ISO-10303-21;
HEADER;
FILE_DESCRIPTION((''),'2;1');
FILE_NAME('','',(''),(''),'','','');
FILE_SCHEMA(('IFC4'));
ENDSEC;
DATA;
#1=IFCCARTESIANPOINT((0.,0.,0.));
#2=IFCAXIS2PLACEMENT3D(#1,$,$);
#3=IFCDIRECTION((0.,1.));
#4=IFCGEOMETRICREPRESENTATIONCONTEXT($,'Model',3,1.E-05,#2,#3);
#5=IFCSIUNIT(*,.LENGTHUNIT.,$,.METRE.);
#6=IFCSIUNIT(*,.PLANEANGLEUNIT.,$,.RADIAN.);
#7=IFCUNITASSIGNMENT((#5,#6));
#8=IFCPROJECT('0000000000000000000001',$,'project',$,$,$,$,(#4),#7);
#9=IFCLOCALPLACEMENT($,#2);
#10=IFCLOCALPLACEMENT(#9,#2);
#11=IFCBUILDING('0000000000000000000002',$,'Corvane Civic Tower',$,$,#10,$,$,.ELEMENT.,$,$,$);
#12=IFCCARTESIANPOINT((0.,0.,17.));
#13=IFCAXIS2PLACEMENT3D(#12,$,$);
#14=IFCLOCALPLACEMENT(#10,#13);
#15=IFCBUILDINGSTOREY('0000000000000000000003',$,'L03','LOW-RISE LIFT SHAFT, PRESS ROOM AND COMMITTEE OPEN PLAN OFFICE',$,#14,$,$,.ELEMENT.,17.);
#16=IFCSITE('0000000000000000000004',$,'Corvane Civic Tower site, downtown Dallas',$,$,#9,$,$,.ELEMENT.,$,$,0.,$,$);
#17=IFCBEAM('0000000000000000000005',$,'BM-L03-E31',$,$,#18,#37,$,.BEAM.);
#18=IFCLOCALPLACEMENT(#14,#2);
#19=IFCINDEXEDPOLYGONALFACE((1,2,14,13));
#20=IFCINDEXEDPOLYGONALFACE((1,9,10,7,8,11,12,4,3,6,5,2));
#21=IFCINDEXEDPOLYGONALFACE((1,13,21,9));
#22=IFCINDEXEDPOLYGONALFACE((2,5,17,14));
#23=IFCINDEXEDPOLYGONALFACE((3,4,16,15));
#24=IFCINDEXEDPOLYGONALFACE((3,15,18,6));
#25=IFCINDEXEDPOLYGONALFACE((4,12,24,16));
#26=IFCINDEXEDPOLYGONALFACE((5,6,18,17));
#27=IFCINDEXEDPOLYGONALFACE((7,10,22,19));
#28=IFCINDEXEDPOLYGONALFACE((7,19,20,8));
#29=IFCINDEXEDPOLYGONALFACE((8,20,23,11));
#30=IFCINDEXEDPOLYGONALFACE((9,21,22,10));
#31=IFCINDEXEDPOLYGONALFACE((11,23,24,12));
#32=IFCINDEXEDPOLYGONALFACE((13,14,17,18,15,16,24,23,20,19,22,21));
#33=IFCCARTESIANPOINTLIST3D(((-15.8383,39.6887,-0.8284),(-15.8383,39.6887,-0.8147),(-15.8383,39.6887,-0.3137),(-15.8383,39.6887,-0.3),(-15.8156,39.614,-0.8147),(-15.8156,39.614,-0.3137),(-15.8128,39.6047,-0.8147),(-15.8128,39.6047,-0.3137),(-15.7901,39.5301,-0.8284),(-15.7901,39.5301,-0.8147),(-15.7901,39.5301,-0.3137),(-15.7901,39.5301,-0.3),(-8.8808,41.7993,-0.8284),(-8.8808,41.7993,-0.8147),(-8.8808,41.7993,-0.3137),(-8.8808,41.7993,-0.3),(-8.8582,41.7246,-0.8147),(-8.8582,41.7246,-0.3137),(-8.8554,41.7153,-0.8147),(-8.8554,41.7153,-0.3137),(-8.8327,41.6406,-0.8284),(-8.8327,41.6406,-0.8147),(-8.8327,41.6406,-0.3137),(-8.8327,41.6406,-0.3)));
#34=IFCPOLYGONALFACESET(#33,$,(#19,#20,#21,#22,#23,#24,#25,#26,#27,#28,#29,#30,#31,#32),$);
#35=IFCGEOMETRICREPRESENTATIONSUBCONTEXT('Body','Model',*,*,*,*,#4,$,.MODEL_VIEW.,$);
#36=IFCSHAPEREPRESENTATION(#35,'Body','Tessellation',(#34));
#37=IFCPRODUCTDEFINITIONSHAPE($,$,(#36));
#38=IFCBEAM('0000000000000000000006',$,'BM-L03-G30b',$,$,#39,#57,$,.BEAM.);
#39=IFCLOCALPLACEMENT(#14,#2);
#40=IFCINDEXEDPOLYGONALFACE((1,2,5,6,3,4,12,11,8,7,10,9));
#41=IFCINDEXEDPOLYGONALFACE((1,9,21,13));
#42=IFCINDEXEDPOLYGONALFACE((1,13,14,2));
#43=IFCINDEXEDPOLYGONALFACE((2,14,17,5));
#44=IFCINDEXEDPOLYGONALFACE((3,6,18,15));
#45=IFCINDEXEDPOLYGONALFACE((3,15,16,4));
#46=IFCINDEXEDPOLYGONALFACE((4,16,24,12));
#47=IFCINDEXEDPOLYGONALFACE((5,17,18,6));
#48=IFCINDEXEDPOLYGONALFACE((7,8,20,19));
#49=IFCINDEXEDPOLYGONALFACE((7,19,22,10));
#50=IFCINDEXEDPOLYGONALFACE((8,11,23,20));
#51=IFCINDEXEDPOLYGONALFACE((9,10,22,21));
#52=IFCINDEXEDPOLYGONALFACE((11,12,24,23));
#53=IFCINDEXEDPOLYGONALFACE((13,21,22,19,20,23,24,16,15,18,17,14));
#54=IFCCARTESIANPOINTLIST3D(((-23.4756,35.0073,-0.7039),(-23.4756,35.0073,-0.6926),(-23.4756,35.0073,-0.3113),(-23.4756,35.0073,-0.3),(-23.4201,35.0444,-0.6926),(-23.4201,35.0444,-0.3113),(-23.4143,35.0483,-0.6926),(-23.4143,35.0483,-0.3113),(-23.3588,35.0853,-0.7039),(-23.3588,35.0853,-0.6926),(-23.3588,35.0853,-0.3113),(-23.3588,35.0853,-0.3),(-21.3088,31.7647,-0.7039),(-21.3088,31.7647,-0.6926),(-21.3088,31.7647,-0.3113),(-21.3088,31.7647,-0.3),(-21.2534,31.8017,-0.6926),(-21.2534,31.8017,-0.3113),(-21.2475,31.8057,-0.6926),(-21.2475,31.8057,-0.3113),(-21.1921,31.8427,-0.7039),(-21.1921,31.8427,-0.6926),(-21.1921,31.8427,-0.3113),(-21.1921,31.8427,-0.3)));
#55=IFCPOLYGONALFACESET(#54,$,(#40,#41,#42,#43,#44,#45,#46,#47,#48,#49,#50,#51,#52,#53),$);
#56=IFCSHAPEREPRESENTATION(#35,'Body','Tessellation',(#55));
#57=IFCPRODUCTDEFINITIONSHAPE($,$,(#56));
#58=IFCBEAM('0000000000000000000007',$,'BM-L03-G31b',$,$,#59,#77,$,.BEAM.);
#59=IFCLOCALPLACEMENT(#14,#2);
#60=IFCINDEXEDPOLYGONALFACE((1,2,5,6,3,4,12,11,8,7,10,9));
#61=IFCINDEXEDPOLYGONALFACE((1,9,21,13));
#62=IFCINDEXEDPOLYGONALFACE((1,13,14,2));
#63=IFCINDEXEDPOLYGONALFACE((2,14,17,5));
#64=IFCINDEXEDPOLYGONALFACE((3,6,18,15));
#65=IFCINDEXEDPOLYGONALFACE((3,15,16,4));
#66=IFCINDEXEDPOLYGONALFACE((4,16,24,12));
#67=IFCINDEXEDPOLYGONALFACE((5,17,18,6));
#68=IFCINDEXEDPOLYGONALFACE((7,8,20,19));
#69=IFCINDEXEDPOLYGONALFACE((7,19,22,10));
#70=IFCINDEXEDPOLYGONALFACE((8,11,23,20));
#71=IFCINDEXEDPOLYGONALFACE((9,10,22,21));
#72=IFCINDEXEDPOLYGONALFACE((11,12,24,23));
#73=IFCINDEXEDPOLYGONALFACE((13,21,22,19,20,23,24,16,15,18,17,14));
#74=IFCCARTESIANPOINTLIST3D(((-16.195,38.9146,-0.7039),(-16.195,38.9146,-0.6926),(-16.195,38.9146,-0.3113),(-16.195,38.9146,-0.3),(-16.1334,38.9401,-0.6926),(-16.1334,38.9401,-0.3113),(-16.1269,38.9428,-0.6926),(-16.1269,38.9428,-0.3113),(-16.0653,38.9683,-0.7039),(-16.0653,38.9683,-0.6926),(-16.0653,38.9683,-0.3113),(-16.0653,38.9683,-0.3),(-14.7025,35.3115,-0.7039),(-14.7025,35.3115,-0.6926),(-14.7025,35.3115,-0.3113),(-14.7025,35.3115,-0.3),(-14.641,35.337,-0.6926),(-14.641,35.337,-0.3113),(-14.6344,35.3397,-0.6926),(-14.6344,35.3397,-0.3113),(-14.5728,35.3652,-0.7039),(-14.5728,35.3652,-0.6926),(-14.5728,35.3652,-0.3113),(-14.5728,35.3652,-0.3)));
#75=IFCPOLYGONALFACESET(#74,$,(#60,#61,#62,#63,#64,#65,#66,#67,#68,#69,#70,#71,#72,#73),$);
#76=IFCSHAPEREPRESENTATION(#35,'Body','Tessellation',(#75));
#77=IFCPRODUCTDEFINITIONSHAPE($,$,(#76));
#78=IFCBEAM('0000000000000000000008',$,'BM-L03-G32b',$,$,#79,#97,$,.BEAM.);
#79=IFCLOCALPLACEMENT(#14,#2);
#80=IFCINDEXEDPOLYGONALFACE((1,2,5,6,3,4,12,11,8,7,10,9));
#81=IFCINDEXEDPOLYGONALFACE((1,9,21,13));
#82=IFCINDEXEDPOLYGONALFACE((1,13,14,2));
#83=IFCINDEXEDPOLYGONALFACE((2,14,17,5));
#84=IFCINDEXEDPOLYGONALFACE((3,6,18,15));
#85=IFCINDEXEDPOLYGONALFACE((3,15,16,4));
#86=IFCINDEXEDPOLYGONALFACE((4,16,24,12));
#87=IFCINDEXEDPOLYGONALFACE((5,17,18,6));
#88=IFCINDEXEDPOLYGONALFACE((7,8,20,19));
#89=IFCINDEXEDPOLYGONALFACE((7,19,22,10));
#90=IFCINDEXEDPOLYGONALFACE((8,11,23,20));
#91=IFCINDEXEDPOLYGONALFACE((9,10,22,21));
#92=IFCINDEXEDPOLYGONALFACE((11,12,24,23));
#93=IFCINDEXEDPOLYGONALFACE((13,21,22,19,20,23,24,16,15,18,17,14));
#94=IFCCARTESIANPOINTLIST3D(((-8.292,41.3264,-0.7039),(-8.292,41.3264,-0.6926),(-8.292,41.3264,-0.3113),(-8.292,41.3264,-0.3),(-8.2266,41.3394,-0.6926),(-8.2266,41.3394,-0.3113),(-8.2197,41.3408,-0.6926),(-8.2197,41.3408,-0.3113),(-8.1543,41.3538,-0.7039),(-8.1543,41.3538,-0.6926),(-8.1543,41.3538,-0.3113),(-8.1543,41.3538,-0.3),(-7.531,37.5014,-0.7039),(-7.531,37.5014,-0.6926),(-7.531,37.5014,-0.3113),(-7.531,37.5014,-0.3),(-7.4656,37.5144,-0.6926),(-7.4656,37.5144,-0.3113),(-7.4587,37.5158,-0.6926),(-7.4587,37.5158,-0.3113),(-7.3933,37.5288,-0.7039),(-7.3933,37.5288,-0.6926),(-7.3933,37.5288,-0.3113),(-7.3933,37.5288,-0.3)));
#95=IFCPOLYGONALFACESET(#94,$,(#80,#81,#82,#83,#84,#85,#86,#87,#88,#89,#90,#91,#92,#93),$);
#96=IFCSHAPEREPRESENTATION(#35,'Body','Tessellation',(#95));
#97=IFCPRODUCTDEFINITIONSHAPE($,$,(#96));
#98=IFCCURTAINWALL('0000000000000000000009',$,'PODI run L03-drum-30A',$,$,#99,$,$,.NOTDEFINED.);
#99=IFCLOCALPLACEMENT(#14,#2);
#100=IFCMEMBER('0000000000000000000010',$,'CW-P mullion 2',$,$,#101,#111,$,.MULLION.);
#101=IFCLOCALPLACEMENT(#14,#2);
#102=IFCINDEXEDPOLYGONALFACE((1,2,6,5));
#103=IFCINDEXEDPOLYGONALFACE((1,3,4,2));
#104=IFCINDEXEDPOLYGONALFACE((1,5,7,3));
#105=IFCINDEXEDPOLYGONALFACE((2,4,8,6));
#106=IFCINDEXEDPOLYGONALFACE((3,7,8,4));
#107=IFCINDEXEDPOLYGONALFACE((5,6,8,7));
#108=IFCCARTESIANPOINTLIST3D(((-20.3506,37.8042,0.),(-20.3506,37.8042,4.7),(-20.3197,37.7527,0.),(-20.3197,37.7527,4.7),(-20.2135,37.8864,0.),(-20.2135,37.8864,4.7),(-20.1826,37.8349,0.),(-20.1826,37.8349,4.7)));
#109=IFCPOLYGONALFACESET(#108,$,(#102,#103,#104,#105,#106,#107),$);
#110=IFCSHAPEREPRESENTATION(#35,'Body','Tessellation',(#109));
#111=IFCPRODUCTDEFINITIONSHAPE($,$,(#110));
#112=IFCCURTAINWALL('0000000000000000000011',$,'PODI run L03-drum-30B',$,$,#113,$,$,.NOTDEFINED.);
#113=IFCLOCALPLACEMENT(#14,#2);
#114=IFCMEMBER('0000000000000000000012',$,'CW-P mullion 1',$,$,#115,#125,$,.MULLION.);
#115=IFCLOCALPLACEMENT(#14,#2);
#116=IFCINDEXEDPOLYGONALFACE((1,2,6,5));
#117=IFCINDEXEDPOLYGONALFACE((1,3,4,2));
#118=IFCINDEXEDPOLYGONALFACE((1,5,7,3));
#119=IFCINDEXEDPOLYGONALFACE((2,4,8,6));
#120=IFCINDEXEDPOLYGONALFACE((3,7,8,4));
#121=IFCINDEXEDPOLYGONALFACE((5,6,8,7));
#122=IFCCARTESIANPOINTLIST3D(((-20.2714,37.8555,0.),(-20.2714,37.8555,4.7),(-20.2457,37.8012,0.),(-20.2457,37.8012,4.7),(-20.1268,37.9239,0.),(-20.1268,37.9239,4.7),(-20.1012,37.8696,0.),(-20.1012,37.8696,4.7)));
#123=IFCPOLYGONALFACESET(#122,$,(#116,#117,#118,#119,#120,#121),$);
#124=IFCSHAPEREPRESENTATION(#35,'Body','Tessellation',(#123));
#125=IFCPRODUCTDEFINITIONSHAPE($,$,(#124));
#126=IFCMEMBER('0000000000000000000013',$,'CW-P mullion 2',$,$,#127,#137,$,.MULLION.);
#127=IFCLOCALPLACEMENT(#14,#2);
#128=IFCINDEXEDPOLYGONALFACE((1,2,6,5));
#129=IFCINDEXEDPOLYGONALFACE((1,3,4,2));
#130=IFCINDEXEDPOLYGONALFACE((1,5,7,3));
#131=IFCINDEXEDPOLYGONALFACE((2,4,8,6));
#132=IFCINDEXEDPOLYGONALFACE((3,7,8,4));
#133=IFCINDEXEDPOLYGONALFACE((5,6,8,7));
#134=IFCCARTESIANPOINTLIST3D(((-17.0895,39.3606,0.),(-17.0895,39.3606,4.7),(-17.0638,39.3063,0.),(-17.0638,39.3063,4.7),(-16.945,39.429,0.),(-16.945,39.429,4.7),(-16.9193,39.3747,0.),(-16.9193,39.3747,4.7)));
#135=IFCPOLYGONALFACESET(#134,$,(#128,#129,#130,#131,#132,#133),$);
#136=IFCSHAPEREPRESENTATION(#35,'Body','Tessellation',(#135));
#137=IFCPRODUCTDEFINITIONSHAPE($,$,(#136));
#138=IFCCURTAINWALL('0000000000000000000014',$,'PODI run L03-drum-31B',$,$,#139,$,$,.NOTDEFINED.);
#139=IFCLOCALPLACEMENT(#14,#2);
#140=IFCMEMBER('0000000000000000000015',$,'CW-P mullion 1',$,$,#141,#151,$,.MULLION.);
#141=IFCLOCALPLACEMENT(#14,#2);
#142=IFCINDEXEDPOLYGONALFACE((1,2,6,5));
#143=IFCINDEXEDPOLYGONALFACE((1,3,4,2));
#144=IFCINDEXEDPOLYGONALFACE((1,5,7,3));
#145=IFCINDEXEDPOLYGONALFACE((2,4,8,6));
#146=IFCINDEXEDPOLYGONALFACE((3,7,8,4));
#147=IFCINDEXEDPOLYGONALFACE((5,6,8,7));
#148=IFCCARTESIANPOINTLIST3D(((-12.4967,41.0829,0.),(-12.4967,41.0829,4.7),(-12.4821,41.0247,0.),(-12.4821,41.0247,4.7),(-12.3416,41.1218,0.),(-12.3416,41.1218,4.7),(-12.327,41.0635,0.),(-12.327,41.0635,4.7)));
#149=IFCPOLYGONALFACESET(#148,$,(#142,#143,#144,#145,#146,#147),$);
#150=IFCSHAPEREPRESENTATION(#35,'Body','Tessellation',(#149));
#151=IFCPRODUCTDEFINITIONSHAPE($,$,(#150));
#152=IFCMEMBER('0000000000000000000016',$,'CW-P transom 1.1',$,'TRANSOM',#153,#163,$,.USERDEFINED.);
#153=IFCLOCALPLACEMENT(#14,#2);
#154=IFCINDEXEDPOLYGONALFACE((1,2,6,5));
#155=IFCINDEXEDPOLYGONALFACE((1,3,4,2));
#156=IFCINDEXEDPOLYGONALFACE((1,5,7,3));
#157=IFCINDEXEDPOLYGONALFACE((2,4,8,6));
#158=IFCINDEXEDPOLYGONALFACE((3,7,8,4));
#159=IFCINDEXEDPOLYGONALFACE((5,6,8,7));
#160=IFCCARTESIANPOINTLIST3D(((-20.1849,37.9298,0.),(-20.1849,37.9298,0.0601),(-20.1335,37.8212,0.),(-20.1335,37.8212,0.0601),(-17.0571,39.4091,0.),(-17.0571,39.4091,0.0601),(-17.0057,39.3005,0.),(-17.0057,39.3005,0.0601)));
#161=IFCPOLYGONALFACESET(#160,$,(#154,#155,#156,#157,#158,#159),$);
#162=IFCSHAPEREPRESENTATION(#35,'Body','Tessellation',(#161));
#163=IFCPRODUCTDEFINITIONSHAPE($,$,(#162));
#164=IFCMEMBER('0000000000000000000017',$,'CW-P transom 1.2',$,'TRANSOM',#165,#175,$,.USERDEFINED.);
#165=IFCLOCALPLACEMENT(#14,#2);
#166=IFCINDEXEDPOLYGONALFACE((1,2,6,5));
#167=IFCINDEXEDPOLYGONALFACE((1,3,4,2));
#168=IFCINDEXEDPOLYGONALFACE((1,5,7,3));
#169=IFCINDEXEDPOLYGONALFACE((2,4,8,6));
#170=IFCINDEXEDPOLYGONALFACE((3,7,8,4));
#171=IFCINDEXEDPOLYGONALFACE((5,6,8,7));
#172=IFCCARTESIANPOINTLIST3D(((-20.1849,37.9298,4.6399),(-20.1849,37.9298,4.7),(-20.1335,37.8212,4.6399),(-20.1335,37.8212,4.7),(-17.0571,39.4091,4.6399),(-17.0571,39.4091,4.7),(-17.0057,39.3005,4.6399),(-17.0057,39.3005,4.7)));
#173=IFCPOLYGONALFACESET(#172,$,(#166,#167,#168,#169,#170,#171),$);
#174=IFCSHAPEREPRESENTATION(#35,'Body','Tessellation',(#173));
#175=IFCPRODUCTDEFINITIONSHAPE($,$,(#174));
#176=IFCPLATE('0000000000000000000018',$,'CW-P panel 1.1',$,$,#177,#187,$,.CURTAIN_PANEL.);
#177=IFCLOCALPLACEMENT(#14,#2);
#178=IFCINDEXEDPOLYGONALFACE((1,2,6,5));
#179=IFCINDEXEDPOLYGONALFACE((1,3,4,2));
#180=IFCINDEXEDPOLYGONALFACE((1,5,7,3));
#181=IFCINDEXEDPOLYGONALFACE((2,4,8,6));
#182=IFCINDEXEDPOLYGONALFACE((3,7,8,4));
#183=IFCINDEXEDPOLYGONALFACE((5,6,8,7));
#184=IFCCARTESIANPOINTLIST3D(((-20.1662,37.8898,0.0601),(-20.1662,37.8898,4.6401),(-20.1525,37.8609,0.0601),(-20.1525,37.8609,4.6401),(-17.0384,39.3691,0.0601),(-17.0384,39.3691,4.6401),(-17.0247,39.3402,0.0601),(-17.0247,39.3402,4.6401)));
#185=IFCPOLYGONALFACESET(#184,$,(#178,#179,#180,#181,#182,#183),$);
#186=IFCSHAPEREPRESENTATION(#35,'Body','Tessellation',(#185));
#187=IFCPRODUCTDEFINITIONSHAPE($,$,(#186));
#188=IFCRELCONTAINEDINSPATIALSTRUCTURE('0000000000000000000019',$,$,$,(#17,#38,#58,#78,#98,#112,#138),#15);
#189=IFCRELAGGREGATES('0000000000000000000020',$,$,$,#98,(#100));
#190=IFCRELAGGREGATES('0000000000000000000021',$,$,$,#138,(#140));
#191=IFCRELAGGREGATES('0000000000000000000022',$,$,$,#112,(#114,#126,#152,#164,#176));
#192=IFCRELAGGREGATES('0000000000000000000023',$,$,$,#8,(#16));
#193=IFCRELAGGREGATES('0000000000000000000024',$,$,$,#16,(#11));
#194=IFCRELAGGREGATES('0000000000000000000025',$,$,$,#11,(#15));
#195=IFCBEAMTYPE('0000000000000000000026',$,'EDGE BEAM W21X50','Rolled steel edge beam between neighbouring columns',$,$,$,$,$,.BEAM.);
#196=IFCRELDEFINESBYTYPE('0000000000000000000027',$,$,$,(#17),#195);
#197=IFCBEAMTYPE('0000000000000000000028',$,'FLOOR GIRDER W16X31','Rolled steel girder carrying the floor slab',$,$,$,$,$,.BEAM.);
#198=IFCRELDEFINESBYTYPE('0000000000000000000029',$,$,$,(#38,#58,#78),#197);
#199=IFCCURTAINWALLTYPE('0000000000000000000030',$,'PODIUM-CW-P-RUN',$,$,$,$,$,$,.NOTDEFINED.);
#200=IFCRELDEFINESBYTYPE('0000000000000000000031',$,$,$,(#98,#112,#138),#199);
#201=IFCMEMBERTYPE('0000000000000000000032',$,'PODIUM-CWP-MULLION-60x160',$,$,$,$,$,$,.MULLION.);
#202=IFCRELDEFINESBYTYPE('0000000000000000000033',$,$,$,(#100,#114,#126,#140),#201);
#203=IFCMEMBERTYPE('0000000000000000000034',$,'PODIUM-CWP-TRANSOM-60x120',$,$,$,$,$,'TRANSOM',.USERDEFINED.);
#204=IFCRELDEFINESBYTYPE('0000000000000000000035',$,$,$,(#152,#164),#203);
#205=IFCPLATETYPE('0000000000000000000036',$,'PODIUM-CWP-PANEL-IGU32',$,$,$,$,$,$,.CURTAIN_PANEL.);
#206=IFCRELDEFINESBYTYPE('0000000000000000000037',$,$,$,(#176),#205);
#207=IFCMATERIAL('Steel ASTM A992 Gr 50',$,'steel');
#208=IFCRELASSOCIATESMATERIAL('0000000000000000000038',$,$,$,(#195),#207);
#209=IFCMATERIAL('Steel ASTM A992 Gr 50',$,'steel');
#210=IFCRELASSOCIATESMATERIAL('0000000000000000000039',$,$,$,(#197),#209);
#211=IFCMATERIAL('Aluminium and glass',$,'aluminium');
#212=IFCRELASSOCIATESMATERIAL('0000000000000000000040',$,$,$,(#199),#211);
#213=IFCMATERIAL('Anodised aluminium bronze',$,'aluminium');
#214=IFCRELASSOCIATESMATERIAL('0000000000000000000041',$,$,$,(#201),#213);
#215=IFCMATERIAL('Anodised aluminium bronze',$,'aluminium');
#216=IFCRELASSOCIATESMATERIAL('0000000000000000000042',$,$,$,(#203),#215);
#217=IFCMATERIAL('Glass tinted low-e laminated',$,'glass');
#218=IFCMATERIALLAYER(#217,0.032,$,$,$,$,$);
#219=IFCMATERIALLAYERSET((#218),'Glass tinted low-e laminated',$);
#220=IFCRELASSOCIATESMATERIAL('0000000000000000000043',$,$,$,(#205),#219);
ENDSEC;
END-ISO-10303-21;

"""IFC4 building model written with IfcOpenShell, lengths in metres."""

from ifc_helpers import new_model, si_unit, direction, frame, origin, origin_2d, place, context, subcontext, project, spatial, rectangle, i_section, extrude, material, layer, layer_set, material_profile, profile_set, type_object, element, aggregate, save


model = new_model("IFC4")

# Units and contexts
model_context = context("Model", 3, precision=1e-05, world=origin(), true_north=direction((0.0, 1.0)))
body_context = subcontext(model_context, "Body", "Model", "MODEL_VIEW")
ifc_project = project(units=[si_unit("LENGTHUNIT", "METRE"), si_unit("PLANEANGLEUNIT", "RADIAN")], contexts=[model_context])

# Site, building, storey
site_placement = place(None, origin())
site = spatial("IfcSite", under=ifc_project, at=site_placement, Name="Corvane Civic Tower site, downtown Dallas", CompositionType="ELEMENT", RefElevation=0.0)
building_placement = place(site_placement, origin())
building = spatial("IfcBuilding", under=site, at=building_placement, Name="Corvane Civic Tower", CompositionType="ELEMENT")
storey_placement = place(building_placement, frame((0.0, 0.0, 17.0)))
storey = spatial("IfcBuildingStorey", under=building, at=storey_placement, Name="L03", Description="LOW-RISE LIFT SHAFT, PRESS ROOM AND COMMITTEE OPEN PLAN OFFICE", CompositionType="ELEMENT", Elevation=17.0)

# Beams
ifc_material_1 = material(Name="Steel ASTM A992 Gr 50", Category="steel")
ifc_material_profile_1 = material_profile(ifc_material_1, i_section(OverallWidth=0.1658, OverallDepth=0.5283, WebThickness=0.0098, FlangeThickness=0.0137, at=origin_2d()), Name="W21X50")
ifc_profile_set_1 = profile_set([ifc_material_profile_1], Name="Steel ASTM A992 Gr 50")
beam_type_1 = type_object("IfcBeamType", Name="EDGE BEAM W21X50", Description="Rolled steel edge beam between neighbouring columns", PredefinedType="BEAM", material=ifc_profile_set_1)
beam_placement = place(storey_placement, frame((-15.8142, 39.6094, -0.5642), z_axis=(0.956938, 0.290292, 0.0), x_axis=(-0.290292, 0.956938, 0.0)))
element("IfcBeam", 1, at=beam_placement, inside=storey, type_object=beam_type_1, Name="BM-L03-E31", PredefinedType="BEAM", context=body_context, shape_type="SweptSolid", body=[
    extrude(i_section(OverallWidth=0.1658, OverallDepth=0.5283, WebThickness=0.0098, FlangeThickness=0.0137, at=origin_2d()), origin(), (0.0, 0.0, 1.0), 7.2705),
])
ifc_material_2 = material(Name="Steel ASTM A992 Gr 50", Category="steel")
ifc_material_profile_2 = material_profile(ifc_material_2, i_section(OverallWidth=0.1404, OverallDepth=0.4038, WebThickness=0.0071, FlangeThickness=0.0112, at=origin_2d()), Name="W16X31")
ifc_profile_set_2 = profile_set([ifc_material_profile_2], Name="Steel ASTM A992 Gr 50")
beam_type_2 = type_object("IfcBeamType", Name="FLOOR GIRDER W16X31", Description="Rolled steel girder carrying the floor slab", PredefinedType="BEAM", material=ifc_profile_set_2)
for number, where, z_axis, x_axis, name in (
    (2, (-21.2505, 31.8037, -0.502), (-0.555581, 0.831462, 0.0), (-0.831462, -0.555581, 0.0), "BM-L03-G30b"),
    (3, (-14.6377, 35.3384, -0.502), (-0.382685, 0.923879, 0.0), (-0.923879, -0.382685, 0.0), "BM-L03-G31b"),
    (4, (-7.4622, 37.5151, -0.502), (-0.195129, 0.980778, 0.0), (-0.980778, -0.195129, 0.0), "BM-L03-G32b"),
):
    element("IfcBeam", number, at=place(storey_placement, frame(where, z_axis=z_axis, x_axis=x_axis)), inside=storey, type_object=beam_type_2, Name=name, PredefinedType="BEAM", context=body_context, shape_type="SweptSolid", body=[
        extrude(i_section(OverallWidth=0.1404, OverallDepth=0.4038, WebThickness=0.0071, FlangeThickness=0.0112, at=origin_2d()), origin(), (0.0, 0.0, 1.0), 3.8999),
    ])

# Curtain wall, member
ifc_material_3 = material(Name="Aluminium and glass", Category="aluminium")
curtain_wall_type = type_object("IfcCurtainWallType", Name="PODIUM-CW-P-RUN", PredefinedType="NOTDEFINED", material=ifc_material_3)
curtain_wall_1_placement = place(storey_placement, origin())
curtain_wall_1 = element("IfcCurtainWall", 5, at=curtain_wall_1_placement, inside=storey, type_object=curtain_wall_type, Name="PODI run L03-drum-30A", PredefinedType="NOTDEFINED")
ifc_material_4 = material(Name="Anodised aluminium bronze", Category="aluminium")
ifc_material_profile_3 = material_profile(ifc_material_4, rectangle(XDim=0.0601, YDim=0.1599, at=origin_2d()), Name="AL 60x160")
ifc_profile_set_3 = profile_set([ifc_material_profile_3], Name="Anodised aluminium bronze")
member_type_1 = type_object("IfcMemberType", Name="PODIUM-CWP-MULLION-60x160", PredefinedType="MULLION", material=ifc_profile_set_3)
member_1_placement = place(storey_placement, frame((-20.2666, 37.8196, 0.0), z_axis=(0.0, 0.0, 1.0), x_axis=(-0.514118, 0.85772, 0.0)))
member_1 = element("IfcMember", 6, at=member_1_placement, type_object=member_type_1, Name="CW-P mullion 2", PredefinedType="MULLION", context=body_context, shape_type="SweptSolid", body=[
    extrude(rectangle(XDim=0.0601, YDim=0.1599, at=origin_2d()), origin(), (0.0, 0.0, 1.0), 4.7),
])
aggregate(curtain_wall_1, [member_1])

# Curtain wall, members
curtain_wall_2_placement = place(storey_placement, origin())
curtain_wall_2 = element("IfcCurtainWall", 7, at=curtain_wall_2_placement, inside=storey, type_object=curtain_wall_type, Name="PODI run L03-drum-30B", PredefinedType="NOTDEFINED")
member_2_placement = place(storey_placement, frame((-20.1863, 37.8625, 0.0), z_axis=(0.0, 0.0, 1.0), x_axis=(-0.427553, 0.90399, 0.0)))
member_2 = element("IfcMember", 8, at=member_2_placement, type_object=member_type_1, Name="CW-P mullion 1", PredefinedType="MULLION", context=body_context, shape_type="SweptSolid", body=[
    extrude(rectangle(XDim=0.0601, YDim=0.1599, at=origin_2d()), origin(), (0.0, 0.0, 1.0), 4.7),
])
member_3_placement = place(storey_placement, frame((-17.0044, 39.3677, 0.0), z_axis=(0.0, 0.0, 1.0), x_axis=(-0.427553, 0.90399, 0.0)))
member_3 = element("IfcMember", 9, at=member_3_placement, type_object=member_type_1, Name="CW-P mullion 2", PredefinedType="MULLION", context=body_context, shape_type="SweptSolid", body=[
    extrude(rectangle(XDim=0.0601, YDim=0.1599, at=origin_2d()), origin(), (0.0, 0.0, 1.0), 4.7),
])

# Curtain wall, member
curtain_wall_3_placement = place(storey_placement, origin())
curtain_wall_3 = element("IfcCurtainWall", 10, at=curtain_wall_3_placement, inside=storey, type_object=curtain_wall_type, Name="PODI run L03-drum-31B", PredefinedType="NOTDEFINED")
member_4_placement = place(storey_placement, frame((-12.4119, 41.0732, 0.0), z_axis=(0.0, 0.0, 1.0), x_axis=(-0.243009, 0.970024, 0.0)))
member_4 = element("IfcMember", 11, at=member_4_placement, type_object=member_type_1, Name="CW-P mullion 1", PredefinedType="MULLION", context=body_context, shape_type="SweptSolid", body=[
    extrude(rectangle(XDim=0.0601, YDim=0.1599, at=origin_2d()), origin(), (0.0, 0.0, 1.0), 4.7),
])
aggregate(curtain_wall_3, [member_4])

# Members
ifc_material_5 = material(Name="Anodised aluminium bronze", Category="aluminium")
ifc_material_profile_4 = material_profile(ifc_material_5, rectangle(XDim=0.1201, YDim=0.0601, at=origin_2d()), Name="AL 120x60")
ifc_profile_set_4 = profile_set([ifc_material_profile_4], Name="Anodised aluminium bronze")
member_type_2 = type_object("IfcMemberType", Name="PODIUM-CWP-TRANSOM-60x120", ElementType="TRANSOM", PredefinedType="USERDEFINED", material=ifc_profile_set_4)
member_5_placement = place(storey_placement, frame((-20.1592, 37.8755, 0.03), z_axis=(0.903993, 0.427546, 0.0), x_axis=(-0.427546, 0.903993, 0.0)))
member_5 = element("IfcMember", 12, at=member_5_placement, type_object=member_type_2, Name="CW-P transom 1.1", ObjectType="TRANSOM", PredefinedType="USERDEFINED", context=body_context, shape_type="SweptSolid", body=[
    extrude(rectangle(XDim=0.1201, YDim=0.0601, at=origin_2d()), origin(), (0.0, 0.0, 1.0), 3.46),
])
member_6_placement = place(storey_placement, frame((-20.1592, 37.8755, 4.6699), z_axis=(0.903993, 0.427546, 0.0), x_axis=(-0.427546, 0.903993, 0.0)))
member_6 = element("IfcMember", 13, at=member_6_placement, type_object=member_type_2, Name="CW-P transom 1.2", ObjectType="TRANSOM", PredefinedType="USERDEFINED", context=body_context, shape_type="SweptSolid", body=[
    extrude(rectangle(XDim=0.1201, YDim=0.0601, at=origin_2d()), origin(), (0.0, 0.0, 1.0), 3.46),
])

# Plate
ifc_material_6 = material(Name="Glass tinted low-e laminated", Category="glass")
ifc_layer_1 = layer(ifc_material_6, 0.032)
ifc_layer_set_1 = layer_set([ifc_layer_1], Name="Glass tinted low-e laminated")
plate_type = type_object("IfcPlateType", Name="PODIUM-CWP-PANEL-IGU32", PredefinedType="CURTAIN_PANEL", material=ifc_layer_set_1)
plate_placement = place(storey_placement, frame((-18.5955, 38.615, 0.0601), z_axis=(0.0, 0.0, 1.0), x_axis=(0.90399, 0.427553, 0.0)))
plate = element("IfcPlate", 14, at=plate_placement, type_object=plate_type, Name="CW-P panel 1.1", PredefinedType="CURTAIN_PANEL", context=body_context, shape_type="SweptSolid", body=[
    extrude(rectangle(XDim=3.46, YDim=0.032, at=origin_2d()), origin(), (0.0, 0.0, 1.0), 4.5801),
])
aggregate(curtain_wall_2, [member_2, member_3, member_5, member_6, plate])

save(model, "model.ifc")
